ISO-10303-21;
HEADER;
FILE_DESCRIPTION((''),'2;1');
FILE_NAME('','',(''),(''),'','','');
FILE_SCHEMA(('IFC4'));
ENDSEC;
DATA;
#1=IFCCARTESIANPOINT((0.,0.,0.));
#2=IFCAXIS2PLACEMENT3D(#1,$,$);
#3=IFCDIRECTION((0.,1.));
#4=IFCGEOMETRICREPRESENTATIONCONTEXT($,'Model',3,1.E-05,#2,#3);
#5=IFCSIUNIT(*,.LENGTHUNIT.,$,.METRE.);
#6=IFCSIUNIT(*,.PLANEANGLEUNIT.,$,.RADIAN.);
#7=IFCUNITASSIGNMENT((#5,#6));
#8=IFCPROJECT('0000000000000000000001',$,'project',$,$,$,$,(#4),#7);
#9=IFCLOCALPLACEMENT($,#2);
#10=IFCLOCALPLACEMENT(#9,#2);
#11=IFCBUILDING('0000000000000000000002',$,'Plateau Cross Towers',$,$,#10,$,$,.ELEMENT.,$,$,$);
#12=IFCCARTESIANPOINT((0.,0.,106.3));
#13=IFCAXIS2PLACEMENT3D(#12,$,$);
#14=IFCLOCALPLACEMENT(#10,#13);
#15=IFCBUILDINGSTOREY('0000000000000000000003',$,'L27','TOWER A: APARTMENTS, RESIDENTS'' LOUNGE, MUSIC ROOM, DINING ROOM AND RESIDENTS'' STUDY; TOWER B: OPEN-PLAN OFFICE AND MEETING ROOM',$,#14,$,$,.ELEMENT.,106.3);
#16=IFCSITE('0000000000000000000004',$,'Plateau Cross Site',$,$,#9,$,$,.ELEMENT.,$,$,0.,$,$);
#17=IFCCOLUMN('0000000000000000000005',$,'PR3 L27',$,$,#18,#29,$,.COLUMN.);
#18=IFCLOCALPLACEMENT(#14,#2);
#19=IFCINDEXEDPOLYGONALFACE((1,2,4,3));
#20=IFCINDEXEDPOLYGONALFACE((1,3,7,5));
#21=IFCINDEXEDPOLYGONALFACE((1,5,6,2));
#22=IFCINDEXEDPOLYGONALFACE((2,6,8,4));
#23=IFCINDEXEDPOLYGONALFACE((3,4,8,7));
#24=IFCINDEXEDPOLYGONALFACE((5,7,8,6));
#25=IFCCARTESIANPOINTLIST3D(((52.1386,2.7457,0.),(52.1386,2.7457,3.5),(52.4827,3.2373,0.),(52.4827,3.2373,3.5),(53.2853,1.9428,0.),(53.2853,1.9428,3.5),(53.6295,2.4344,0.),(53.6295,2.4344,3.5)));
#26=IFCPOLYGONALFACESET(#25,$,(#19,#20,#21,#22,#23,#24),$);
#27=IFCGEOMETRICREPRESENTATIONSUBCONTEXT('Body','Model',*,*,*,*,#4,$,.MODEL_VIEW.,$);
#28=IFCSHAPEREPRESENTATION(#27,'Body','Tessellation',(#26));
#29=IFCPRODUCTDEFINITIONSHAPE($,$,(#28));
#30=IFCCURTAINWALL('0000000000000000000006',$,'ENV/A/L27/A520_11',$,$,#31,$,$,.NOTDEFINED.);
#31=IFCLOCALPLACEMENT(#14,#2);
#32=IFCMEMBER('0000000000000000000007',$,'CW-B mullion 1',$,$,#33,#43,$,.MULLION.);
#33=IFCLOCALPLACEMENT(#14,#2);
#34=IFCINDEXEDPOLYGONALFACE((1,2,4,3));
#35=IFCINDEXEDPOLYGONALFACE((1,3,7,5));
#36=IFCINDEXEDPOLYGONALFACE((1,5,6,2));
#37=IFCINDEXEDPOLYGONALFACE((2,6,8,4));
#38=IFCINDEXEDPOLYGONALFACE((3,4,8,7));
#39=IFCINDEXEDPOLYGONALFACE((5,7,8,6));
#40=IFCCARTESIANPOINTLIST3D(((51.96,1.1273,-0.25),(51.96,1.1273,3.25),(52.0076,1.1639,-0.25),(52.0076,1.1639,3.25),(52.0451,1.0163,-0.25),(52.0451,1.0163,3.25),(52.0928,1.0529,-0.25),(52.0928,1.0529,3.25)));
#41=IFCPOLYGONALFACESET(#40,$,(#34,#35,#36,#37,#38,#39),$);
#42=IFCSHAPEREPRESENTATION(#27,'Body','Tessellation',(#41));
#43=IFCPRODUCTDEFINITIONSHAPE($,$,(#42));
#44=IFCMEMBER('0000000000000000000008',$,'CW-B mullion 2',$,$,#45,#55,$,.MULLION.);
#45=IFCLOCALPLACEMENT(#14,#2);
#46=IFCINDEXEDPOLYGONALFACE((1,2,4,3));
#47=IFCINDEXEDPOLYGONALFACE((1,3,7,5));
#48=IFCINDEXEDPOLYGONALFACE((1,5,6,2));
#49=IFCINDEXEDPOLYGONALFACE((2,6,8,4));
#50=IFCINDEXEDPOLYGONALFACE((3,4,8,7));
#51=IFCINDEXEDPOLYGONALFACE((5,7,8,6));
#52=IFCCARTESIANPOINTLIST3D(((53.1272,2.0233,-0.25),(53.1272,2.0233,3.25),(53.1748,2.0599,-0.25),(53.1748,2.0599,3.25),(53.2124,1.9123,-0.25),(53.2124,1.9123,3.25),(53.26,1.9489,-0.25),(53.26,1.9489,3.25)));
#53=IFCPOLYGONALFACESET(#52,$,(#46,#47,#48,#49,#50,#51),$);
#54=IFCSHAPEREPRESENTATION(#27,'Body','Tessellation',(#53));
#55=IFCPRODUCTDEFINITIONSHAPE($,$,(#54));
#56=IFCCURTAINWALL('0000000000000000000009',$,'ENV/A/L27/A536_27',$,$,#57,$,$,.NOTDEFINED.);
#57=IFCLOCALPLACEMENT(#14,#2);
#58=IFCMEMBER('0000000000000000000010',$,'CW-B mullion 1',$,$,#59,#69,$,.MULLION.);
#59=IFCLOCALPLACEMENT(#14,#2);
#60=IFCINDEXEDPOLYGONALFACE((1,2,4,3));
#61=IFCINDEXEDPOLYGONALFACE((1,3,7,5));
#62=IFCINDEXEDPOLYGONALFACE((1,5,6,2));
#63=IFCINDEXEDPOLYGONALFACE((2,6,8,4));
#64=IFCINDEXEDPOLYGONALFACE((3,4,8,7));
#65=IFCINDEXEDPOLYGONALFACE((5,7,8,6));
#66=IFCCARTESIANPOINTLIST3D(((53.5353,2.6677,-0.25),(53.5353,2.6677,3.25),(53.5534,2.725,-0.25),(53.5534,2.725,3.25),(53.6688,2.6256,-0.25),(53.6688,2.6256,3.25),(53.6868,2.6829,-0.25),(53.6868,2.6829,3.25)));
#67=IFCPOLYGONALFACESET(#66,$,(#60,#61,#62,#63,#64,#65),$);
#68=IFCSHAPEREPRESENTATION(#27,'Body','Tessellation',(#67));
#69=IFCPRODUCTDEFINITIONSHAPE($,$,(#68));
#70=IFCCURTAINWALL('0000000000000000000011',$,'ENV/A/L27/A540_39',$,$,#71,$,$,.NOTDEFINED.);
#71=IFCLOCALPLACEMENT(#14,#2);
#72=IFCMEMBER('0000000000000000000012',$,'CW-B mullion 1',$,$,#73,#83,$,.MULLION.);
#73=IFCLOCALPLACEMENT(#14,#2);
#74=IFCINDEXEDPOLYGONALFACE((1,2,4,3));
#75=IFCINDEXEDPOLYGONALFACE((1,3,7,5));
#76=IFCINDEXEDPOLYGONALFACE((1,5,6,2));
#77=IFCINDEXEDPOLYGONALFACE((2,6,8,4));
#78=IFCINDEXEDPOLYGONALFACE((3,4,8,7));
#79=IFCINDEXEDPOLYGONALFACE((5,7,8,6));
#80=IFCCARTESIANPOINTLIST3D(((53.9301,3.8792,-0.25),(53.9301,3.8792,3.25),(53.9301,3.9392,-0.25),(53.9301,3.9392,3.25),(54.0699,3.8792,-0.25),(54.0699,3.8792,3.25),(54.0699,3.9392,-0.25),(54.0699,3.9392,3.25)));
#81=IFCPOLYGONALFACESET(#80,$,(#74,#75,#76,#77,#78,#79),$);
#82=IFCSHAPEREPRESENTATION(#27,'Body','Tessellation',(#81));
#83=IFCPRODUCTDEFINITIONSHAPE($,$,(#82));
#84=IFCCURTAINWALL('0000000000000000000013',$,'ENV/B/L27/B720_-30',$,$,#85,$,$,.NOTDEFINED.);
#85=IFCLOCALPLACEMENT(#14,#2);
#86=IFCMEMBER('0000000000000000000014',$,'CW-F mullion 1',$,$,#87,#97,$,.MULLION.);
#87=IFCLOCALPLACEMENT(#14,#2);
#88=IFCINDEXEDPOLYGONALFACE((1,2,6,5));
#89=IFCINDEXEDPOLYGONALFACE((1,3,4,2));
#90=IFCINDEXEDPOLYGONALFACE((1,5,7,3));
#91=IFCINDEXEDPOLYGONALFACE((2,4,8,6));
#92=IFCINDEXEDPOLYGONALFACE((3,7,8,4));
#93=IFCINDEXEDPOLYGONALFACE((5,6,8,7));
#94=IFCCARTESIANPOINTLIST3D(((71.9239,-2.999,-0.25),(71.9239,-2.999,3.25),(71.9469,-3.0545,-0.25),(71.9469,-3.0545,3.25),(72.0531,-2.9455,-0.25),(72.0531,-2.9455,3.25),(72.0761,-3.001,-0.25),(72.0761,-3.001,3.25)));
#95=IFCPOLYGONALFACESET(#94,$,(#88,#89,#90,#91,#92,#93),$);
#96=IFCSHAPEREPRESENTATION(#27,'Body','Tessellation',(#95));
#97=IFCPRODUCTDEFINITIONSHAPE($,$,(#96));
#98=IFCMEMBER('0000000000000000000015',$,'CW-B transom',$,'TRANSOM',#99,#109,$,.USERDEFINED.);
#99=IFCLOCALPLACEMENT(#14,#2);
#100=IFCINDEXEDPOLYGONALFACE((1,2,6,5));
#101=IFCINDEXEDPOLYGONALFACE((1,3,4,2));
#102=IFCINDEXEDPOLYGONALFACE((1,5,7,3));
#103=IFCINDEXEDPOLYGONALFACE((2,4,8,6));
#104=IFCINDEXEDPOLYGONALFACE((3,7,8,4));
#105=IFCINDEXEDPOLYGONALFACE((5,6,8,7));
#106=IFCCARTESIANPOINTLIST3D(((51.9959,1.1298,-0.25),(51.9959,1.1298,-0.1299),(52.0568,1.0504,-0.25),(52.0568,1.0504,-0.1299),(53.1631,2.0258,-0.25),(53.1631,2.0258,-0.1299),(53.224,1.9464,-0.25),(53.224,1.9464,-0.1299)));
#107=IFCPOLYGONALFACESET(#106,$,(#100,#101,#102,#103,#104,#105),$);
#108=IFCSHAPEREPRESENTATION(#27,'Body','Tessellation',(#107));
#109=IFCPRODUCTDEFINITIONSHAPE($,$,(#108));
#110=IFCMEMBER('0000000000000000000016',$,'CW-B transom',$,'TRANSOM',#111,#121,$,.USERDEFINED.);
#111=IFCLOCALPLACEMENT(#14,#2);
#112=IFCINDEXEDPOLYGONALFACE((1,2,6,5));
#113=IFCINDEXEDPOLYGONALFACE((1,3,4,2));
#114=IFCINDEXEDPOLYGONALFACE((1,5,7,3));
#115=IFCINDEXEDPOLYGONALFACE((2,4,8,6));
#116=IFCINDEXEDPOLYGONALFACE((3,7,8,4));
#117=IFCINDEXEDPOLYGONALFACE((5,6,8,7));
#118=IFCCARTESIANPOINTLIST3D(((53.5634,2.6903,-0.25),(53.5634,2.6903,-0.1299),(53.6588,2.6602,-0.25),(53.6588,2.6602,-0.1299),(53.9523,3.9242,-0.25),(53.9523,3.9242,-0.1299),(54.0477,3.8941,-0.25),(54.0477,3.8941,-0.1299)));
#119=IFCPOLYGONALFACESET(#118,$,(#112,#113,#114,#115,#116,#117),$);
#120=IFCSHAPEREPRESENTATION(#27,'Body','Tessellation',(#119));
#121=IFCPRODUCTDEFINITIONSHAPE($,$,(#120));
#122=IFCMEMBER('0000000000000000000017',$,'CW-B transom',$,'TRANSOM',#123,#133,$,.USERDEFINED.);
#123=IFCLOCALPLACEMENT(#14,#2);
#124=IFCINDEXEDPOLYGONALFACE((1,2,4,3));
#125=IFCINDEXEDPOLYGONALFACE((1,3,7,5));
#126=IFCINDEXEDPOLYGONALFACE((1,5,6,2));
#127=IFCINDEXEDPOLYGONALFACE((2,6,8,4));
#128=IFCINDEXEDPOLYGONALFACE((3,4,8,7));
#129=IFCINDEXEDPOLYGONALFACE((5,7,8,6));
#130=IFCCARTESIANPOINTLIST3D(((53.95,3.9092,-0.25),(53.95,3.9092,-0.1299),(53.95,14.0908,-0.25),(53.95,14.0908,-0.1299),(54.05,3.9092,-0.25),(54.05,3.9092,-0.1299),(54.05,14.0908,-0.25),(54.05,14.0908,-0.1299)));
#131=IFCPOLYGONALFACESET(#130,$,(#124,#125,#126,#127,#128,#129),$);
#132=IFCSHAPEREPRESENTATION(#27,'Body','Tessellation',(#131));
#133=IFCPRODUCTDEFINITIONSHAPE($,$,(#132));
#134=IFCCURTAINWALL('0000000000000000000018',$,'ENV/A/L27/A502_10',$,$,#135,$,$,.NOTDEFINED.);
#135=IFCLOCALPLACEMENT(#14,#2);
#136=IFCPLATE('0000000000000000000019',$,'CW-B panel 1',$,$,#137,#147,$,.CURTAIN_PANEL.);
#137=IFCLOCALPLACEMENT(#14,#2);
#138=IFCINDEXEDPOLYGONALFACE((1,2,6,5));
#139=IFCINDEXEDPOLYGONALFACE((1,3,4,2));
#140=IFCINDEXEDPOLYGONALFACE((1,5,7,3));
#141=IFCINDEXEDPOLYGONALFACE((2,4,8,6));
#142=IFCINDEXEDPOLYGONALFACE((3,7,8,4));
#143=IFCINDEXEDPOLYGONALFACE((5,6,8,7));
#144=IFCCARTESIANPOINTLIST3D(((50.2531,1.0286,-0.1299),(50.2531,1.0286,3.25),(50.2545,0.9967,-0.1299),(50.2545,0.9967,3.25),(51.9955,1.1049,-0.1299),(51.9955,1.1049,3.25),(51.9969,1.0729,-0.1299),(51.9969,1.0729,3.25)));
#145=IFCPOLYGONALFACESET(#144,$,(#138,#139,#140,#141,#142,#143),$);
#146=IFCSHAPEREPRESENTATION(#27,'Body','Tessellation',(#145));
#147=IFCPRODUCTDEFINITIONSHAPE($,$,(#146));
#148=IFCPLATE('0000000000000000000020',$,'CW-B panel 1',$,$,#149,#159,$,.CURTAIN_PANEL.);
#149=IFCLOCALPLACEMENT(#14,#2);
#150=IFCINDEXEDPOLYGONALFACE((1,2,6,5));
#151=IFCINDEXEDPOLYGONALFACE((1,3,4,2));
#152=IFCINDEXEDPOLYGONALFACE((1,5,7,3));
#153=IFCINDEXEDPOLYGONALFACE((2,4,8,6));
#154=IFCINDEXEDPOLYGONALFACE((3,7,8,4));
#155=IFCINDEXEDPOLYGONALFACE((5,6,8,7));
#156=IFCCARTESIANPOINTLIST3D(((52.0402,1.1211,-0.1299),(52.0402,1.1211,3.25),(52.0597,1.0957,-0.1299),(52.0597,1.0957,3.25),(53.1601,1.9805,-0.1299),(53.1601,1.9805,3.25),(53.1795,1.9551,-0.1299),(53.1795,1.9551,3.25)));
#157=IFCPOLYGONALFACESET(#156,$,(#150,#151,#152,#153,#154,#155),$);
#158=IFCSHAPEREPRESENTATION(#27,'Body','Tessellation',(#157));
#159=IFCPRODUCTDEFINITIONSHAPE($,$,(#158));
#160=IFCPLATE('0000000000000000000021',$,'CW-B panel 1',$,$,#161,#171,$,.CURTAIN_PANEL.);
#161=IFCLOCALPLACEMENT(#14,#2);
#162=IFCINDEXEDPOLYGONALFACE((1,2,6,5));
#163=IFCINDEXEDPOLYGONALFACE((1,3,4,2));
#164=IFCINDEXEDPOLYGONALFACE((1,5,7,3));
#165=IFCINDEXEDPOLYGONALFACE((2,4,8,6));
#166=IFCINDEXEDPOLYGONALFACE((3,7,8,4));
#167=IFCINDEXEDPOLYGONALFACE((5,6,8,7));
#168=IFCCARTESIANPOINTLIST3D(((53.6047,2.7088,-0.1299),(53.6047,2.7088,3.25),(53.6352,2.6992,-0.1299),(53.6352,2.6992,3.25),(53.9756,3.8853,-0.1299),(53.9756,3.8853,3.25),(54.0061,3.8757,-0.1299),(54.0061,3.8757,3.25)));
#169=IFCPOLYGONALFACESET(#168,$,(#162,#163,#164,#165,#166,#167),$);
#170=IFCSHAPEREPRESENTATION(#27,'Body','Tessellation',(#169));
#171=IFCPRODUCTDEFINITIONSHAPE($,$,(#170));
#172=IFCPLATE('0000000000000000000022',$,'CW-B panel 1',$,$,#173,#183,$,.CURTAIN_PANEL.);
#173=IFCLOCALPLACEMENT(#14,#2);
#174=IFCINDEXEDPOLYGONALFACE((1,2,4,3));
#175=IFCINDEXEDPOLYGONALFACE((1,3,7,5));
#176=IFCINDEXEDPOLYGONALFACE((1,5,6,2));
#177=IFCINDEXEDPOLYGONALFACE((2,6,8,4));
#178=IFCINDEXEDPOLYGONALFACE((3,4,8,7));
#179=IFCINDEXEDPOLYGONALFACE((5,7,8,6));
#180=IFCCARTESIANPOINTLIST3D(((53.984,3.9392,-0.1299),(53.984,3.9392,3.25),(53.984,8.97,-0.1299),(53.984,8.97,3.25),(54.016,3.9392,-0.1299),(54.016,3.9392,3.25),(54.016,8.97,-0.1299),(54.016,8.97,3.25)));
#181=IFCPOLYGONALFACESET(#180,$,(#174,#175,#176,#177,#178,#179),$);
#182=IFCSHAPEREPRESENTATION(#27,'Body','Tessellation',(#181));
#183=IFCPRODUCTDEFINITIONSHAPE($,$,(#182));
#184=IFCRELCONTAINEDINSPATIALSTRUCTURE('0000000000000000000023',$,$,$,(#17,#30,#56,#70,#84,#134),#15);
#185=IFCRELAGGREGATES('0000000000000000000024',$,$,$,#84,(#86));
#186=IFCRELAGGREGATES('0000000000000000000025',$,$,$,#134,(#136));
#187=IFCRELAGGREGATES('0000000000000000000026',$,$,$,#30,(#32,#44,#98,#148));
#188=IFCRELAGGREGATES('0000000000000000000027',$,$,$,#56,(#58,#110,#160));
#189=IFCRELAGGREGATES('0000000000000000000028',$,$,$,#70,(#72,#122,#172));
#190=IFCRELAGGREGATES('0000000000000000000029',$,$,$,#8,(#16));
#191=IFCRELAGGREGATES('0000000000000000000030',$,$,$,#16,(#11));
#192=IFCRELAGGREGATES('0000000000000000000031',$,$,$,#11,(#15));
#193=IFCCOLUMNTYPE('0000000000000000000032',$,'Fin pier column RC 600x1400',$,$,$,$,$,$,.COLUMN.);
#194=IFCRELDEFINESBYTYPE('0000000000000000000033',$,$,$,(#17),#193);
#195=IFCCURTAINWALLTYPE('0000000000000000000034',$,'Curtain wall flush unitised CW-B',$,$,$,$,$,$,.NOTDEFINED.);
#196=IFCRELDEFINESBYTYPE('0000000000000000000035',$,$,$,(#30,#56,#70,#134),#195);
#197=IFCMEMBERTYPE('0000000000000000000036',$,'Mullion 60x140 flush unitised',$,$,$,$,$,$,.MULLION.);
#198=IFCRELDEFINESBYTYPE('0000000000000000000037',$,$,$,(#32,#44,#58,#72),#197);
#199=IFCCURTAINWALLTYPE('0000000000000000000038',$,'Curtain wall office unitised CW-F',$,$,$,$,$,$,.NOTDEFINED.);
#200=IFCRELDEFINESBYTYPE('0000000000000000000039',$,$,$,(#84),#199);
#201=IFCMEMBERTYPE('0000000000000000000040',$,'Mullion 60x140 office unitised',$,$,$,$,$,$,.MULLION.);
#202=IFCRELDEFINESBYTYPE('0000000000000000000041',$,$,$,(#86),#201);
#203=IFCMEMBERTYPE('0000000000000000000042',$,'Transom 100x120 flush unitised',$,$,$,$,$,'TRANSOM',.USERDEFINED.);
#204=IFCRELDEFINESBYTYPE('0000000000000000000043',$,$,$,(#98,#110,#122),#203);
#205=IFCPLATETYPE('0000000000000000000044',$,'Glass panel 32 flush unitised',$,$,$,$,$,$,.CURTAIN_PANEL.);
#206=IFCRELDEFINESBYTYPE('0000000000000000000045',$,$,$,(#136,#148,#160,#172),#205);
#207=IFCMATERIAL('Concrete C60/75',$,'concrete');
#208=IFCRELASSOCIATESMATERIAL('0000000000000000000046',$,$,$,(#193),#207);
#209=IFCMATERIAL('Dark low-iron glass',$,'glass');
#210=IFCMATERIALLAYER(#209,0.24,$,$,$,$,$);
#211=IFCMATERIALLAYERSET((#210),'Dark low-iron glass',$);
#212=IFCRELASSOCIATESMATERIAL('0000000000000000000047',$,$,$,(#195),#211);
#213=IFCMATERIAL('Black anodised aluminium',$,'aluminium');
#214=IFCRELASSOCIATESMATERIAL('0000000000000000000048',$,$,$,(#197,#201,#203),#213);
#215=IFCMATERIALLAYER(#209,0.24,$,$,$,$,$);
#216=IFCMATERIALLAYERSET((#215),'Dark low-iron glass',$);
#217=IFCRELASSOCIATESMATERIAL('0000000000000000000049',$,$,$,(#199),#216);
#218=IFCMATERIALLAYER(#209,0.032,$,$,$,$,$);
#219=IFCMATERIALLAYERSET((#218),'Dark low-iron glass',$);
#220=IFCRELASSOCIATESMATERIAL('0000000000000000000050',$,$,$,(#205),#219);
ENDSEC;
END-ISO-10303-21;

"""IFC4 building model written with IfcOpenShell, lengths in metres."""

from ifc_helpers import new_model, si_unit, direction, frame, origin, origin_2d, place, context, subcontext, project, spatial, rectangle, extrude, material, layer, layer_set, material_profile, profile_set, type_object, element, aggregate, save


model = new_model("IFC4")

# Units and contexts
model_context = context("Model", 3, precision=1e-05, world=origin(), true_north=direction((0.0, 1.0)))
body_context = subcontext(model_context, "Body", "Model", "MODEL_VIEW")
ifc_project = project(units=[si_unit("LENGTHUNIT", "METRE"), si_unit("PLANEANGLEUNIT", "RADIAN")], contexts=[model_context])

# Site, building, storey
site_placement = place(None, origin())
site = spatial("IfcSite", under=ifc_project, at=site_placement, Name="Plateau Cross Site", CompositionType="ELEMENT", RefElevation=0.0)
building_placement = place(site_placement, origin())
building = spatial("IfcBuilding", under=site, at=building_placement, Name="Plateau Cross Towers", CompositionType="ELEMENT")
storey_placement = place(building_placement, frame((0.0, 0.0, 106.3)))
storey = spatial("IfcBuildingStorey", under=building, at=storey_placement, Name="L27", Description="TOWER A: APARTMENTS, RESIDENTS' LOUNGE, MUSIC ROOM, DINING ROOM AND RESIDENTS' STUDY; TOWER B: OPEN-PLAN OFFICE AND MEETING ROOM", CompositionType="ELEMENT", Elevation=106.3)

# Column
ifc_material_1 = material(Name="Concrete C60/75", Category="concrete")
ifc_material_profile_1 = material_profile(ifc_material_1, rectangle(XDim=0.6001, YDim=1.3999, at=origin_2d()), Name="RC 600x1400")
ifc_profile_set_1 = profile_set([ifc_material_profile_1], Name="Concrete C60/75")
column_type = type_object("IfcColumnType", Name="Fin pier column RC 600x1400", PredefinedType="COLUMN", material=ifc_profile_set_1)
column_placement = place(storey_placement, frame((52.884, 2.5901, 0.0), z_axis=(0.0, 0.0, 1.0), x_axis=(0.573543, 0.819176, 0.0)))
element("IfcColumn", 1, at=column_placement, inside=storey, type_object=column_type, Name="PR3 L27", PredefinedType="COLUMN", context=body_context, shape_type="SweptSolid", body=[
    extrude(rectangle(XDim=0.6001, YDim=1.3999, at=origin_2d()), origin(), (0.0, 0.0, 1.0), 3.5),
])

# Curtain wall, members
ifc_material_2 = material(Name="Dark low-iron glass", Category="glass")
ifc_layer_1 = layer(ifc_material_2, 0.24)
ifc_layer_set_1 = layer_set([ifc_layer_1], Name="Dark low-iron glass")
curtain_wall_type_1 = type_object("IfcCurtainWallType", Name="Curtain wall flush unitised CW-B", PredefinedType="NOTDEFINED", material=ifc_layer_set_1)
curtain_wall_1_placement = place(storey_placement, origin())
curtain_wall_1 = element("IfcCurtainWall", 2, at=curtain_wall_1_placement, inside=storey, type_object=curtain_wall_type_1, Name="ENV/A/L27/A520_11", PredefinedType="NOTDEFINED")
ifc_material_3 = material(Name="Black anodised aluminium", Category="aluminium")
ifc_material_profile_2 = material_profile(ifc_material_3, rectangle(XDim=0.0601, YDim=0.1399, at=origin_2d()), Name="MULLION 60x140")
ifc_profile_set_2 = profile_set([ifc_material_profile_2], Name="Black anodised aluminium")
member_type_1 = type_object("IfcMemberType", Name="Mullion 60x140 flush unitised", PredefinedType="MULLION", material=ifc_profile_set_2)
member_1_placement = place(storey_placement, frame((52.0264, 1.0901, -0.25), z_axis=(0.0, 0.0, 1.0), x_axis=(0.793316, 0.608811, 0.0)))
member_1 = element("IfcMember", 3, at=member_1_placement, type_object=member_type_1, Name="CW-B mullion 1", PredefinedType="MULLION", context=body_context, shape_type="SweptSolid", body=[
    extrude(rectangle(XDim=0.0601, YDim=0.1399, at=origin_2d()), origin(), (0.0, 0.0, 1.0), 3.5),
])
member_2_placement = place(storey_placement, frame((53.1936, 1.9861, -0.25), z_axis=(0.0, 0.0, 1.0), x_axis=(0.793316, 0.608811, 0.0)))
member_2 = element("IfcMember", 4, at=member_2_placement, type_object=member_type_1, Name="CW-B mullion 2", PredefinedType="MULLION", context=body_context, shape_type="SweptSolid", body=[
    extrude(rectangle(XDim=0.0601, YDim=0.1399, at=origin_2d()), origin(), (0.0, 0.0, 1.0), 3.5),
])

# Curtain walls, members
curtain_wall_2_placement = place(storey_placement, origin())
curtain_wall_2 = element("IfcCurtainWall", 5, at=curtain_wall_2_placement, inside=storey, type_object=curtain_wall_type_1, Name="ENV/A/L27/A536_27", PredefinedType="NOTDEFINED")
member_3_placement = place(storey_placement, frame((53.6111, 2.6753, -0.25), z_axis=(0.0, 0.0, 1.0), x_axis=(0.300686, 0.953723, 0.0)))
member_3 = element("IfcMember", 6, at=member_3_placement, type_object=member_type_1, Name="CW-B mullion 1", PredefinedType="MULLION", context=body_context, shape_type="SweptSolid", body=[
    extrude(rectangle(XDim=0.0601, YDim=0.1399, at=origin_2d()), origin(), (0.0, 0.0, 1.0), 3.5),
])
curtain_wall_3_placement = place(storey_placement, origin())
curtain_wall_3 = element("IfcCurtainWall", 7, at=curtain_wall_3_placement, inside=storey, type_object=curtain_wall_type_1, Name="ENV/A/L27/A540_39", PredefinedType="NOTDEFINED")
member_4_placement = place(storey_placement, frame((54.0, 3.9092, -0.25), z_axis=(0.0, 0.0, 1.0), x_axis=(0.0, 1.0, 0.0)))
member_4 = element("IfcMember", 8, at=member_4_placement, type_object=member_type_1, Name="CW-B mullion 1", PredefinedType="MULLION", context=body_context, shape_type="SweptSolid", body=[
    extrude(rectangle(XDim=0.0601, YDim=0.1399, at=origin_2d()), origin(), (0.0, 0.0, 1.0), 3.5),
])
ifc_layer_2 = layer(ifc_material_2, 0.24)
ifc_layer_set_2 = layer_set([ifc_layer_2], Name="Dark low-iron glass")
curtain_wall_type_2 = type_object("IfcCurtainWallType", Name="Curtain wall office unitised CW-F", PredefinedType="NOTDEFINED", material=ifc_layer_set_2)
curtain_wall_4_placement = place(storey_placement, origin())
curtain_wall_4 = element("IfcCurtainWall", 9, at=curtain_wall_4_placement, inside=storey, type_object=curtain_wall_type_2, Name="ENV/B/L27/B720_-30", PredefinedType="NOTDEFINED")
ifc_material_profile_3 = material_profile(ifc_material_3, rectangle(XDim=0.0601, YDim=0.1399, at=origin_2d()), Name="MULLION 60x140")
ifc_profile_set_3 = profile_set([ifc_material_profile_3], Name="Black anodised aluminium")
member_type_2 = type_object("IfcMemberType", Name="Mullion 60x140 office unitised", PredefinedType="MULLION", material=ifc_profile_set_3)
member_5_placement = place(storey_placement, frame((72.0, -3.0, -0.25), z_axis=(0.0, 0.0, 1.0), x_axis=(0.382684, -0.923879, 0.0)))
member_5 = element("IfcMember", 10, at=member_5_placement, type_object=member_type_2, Name="CW-F mullion 1", PredefinedType="MULLION", context=body_context, shape_type="SweptSolid", body=[
    extrude(rectangle(XDim=0.0601, YDim=0.1399, at=origin_2d()), origin(), (0.0, 0.0, 1.0), 3.5),
])
aggregate(curtain_wall_4, [member_5])

# Members
ifc_material_profile_4 = material_profile(ifc_material_3, rectangle(XDim=0.1001, YDim=0.1201, at=origin_2d()), Name="TRANSOM 100x120")
ifc_profile_set_4 = profile_set([ifc_material_profile_4], Name="Black anodised aluminium")
member_type_3 = type_object("IfcMemberType", Name="Transom 100x120 flush unitised", ElementType="TRANSOM", PredefinedType="USERDEFINED", material=ifc_profile_set_4)
member_6_placement = place(storey_placement, frame((52.0264, 1.0901, -0.1899), z_axis=(0.79324, 0.608909, 0.0), x_axis=(-0.608909, 0.79324, 0.0)))
member_6 = element("IfcMember", 11, at=member_6_placement, type_object=member_type_3, Name="CW-B transom", ObjectType="TRANSOM", PredefinedType="USERDEFINED", context=body_context, shape_type="SweptSolid", body=[
    extrude(rectangle(XDim=0.1001, YDim=0.1201, at=origin_2d()), origin(), (0.0, 0.0, 1.0), 1.4714),
])
member_7_placement = place(storey_placement, frame((53.6111, 2.6753, -0.1899), z_axis=(0.300617, 0.953745, 0.0), x_axis=(-0.953745, 0.300617, 0.0)))
member_7 = element("IfcMember", 12, at=member_7_placement, type_object=member_type_3, Name="CW-B transom", ObjectType="TRANSOM", PredefinedType="USERDEFINED", context=body_context, shape_type="SweptSolid", body=[
    extrude(rectangle(XDim=0.1001, YDim=0.1201, at=origin_2d()), origin(), (0.0, 0.0, 1.0), 1.2937),
])
member_8_placement = place(storey_placement, frame((54.0, 3.9092, -0.1899), z_axis=(0.0, 1.0, 0.0), x_axis=(-1.0, 0.0, 0.0)))
member_8 = element("IfcMember", 13, at=member_8_placement, type_object=member_type_3, Name="CW-B transom", ObjectType="TRANSOM", PredefinedType="USERDEFINED", context=body_context, shape_type="SweptSolid", body=[
    extrude(rectangle(XDim=0.1001, YDim=0.1201, at=origin_2d()), origin(), (0.0, 0.0, 1.0), 10.1816),
])

# Curtain wall, plate
curtain_wall_5_placement = place(storey_placement, origin())
curtain_wall_5 = element("IfcCurtainWall", 14, at=curtain_wall_5_placement, inside=storey, type_object=curtain_wall_type_1, Name="ENV/A/L27/A502_10", PredefinedType="NOTDEFINED")
ifc_layer_3 = layer(ifc_material_2, 0.032)
ifc_layer_set_3 = layer_set([ifc_layer_3], Name="Dark low-iron glass")
plate_type = type_object("IfcPlateType", Name="Glass panel 32 flush unitised", PredefinedType="CURTAIN_PANEL", material=ifc_layer_set_3)
plate_1_placement = place(storey_placement, frame((51.125, 1.0508, -0.1299), z_axis=(0.0, 0.0, 1.0), x_axis=(0.999044, 0.043723, 0.0)))
plate_1 = element("IfcPlate", 15, at=plate_1_placement, type_object=plate_type, Name="CW-B panel 1", PredefinedType="CURTAIN_PANEL", context=body_context, shape_type="SweptSolid", body=[
    extrude(rectangle(XDim=1.7441, YDim=0.032, at=origin_2d()), origin(), (0.0, 0.0, 1.0), 3.3799),
])
aggregate(curtain_wall_5, [plate_1])

# Plates
plate_2_placement = place(storey_placement, frame((52.6099, 1.5381, -0.1299), z_axis=(0.0, 0.0, 1.0), x_axis=(0.793316, 0.608811, 0.0)))
plate_2 = element("IfcPlate", 16, at=plate_2_placement, type_object=plate_type, Name="CW-B panel 1", PredefinedType="CURTAIN_PANEL", context=body_context, shape_type="SweptSolid", body=[
    extrude(rectangle(XDim=1.4116, YDim=0.032, at=origin_2d()), origin(), (0.0, 0.0, 1.0), 3.3799),
])
aggregate(curtain_wall_1, [member_1, member_2, member_6, plate_2])
plate_3_placement = place(storey_placement, frame((53.8054, 3.2922, -0.1299), z_axis=(0.0, 0.0, 1.0), x_axis=(0.300686, 0.953723, 0.0)))
plate_3 = element("IfcPlate", 17, at=plate_3_placement, type_object=plate_type, Name="CW-B panel 1", PredefinedType="CURTAIN_PANEL", context=body_context, shape_type="SweptSolid", body=[
    extrude(rectangle(XDim=1.2336, YDim=0.032, at=origin_2d()), origin(), (0.0, 0.0, 1.0), 3.3799),
])
aggregate(curtain_wall_2, [member_3, member_7, plate_3])
plate_4_placement = place(storey_placement, frame((54.0, 6.4546, -0.1299), z_axis=(0.0, 0.0, 1.0), x_axis=(0.0, 1.0, 0.0)))
plate_4 = element("IfcPlate", 18, at=plate_4_placement, type_object=plate_type, Name="CW-B panel 1", PredefinedType="CURTAIN_PANEL", context=body_context, shape_type="SweptSolid", body=[
    extrude(rectangle(XDim=5.0308, YDim=0.032, at=origin_2d()), origin(), (0.0, 0.0, 1.0), 3.3799),
])
aggregate(curtain_wall_3, [member_4, member_8, plate_4])

save(model, "model.ifc")
